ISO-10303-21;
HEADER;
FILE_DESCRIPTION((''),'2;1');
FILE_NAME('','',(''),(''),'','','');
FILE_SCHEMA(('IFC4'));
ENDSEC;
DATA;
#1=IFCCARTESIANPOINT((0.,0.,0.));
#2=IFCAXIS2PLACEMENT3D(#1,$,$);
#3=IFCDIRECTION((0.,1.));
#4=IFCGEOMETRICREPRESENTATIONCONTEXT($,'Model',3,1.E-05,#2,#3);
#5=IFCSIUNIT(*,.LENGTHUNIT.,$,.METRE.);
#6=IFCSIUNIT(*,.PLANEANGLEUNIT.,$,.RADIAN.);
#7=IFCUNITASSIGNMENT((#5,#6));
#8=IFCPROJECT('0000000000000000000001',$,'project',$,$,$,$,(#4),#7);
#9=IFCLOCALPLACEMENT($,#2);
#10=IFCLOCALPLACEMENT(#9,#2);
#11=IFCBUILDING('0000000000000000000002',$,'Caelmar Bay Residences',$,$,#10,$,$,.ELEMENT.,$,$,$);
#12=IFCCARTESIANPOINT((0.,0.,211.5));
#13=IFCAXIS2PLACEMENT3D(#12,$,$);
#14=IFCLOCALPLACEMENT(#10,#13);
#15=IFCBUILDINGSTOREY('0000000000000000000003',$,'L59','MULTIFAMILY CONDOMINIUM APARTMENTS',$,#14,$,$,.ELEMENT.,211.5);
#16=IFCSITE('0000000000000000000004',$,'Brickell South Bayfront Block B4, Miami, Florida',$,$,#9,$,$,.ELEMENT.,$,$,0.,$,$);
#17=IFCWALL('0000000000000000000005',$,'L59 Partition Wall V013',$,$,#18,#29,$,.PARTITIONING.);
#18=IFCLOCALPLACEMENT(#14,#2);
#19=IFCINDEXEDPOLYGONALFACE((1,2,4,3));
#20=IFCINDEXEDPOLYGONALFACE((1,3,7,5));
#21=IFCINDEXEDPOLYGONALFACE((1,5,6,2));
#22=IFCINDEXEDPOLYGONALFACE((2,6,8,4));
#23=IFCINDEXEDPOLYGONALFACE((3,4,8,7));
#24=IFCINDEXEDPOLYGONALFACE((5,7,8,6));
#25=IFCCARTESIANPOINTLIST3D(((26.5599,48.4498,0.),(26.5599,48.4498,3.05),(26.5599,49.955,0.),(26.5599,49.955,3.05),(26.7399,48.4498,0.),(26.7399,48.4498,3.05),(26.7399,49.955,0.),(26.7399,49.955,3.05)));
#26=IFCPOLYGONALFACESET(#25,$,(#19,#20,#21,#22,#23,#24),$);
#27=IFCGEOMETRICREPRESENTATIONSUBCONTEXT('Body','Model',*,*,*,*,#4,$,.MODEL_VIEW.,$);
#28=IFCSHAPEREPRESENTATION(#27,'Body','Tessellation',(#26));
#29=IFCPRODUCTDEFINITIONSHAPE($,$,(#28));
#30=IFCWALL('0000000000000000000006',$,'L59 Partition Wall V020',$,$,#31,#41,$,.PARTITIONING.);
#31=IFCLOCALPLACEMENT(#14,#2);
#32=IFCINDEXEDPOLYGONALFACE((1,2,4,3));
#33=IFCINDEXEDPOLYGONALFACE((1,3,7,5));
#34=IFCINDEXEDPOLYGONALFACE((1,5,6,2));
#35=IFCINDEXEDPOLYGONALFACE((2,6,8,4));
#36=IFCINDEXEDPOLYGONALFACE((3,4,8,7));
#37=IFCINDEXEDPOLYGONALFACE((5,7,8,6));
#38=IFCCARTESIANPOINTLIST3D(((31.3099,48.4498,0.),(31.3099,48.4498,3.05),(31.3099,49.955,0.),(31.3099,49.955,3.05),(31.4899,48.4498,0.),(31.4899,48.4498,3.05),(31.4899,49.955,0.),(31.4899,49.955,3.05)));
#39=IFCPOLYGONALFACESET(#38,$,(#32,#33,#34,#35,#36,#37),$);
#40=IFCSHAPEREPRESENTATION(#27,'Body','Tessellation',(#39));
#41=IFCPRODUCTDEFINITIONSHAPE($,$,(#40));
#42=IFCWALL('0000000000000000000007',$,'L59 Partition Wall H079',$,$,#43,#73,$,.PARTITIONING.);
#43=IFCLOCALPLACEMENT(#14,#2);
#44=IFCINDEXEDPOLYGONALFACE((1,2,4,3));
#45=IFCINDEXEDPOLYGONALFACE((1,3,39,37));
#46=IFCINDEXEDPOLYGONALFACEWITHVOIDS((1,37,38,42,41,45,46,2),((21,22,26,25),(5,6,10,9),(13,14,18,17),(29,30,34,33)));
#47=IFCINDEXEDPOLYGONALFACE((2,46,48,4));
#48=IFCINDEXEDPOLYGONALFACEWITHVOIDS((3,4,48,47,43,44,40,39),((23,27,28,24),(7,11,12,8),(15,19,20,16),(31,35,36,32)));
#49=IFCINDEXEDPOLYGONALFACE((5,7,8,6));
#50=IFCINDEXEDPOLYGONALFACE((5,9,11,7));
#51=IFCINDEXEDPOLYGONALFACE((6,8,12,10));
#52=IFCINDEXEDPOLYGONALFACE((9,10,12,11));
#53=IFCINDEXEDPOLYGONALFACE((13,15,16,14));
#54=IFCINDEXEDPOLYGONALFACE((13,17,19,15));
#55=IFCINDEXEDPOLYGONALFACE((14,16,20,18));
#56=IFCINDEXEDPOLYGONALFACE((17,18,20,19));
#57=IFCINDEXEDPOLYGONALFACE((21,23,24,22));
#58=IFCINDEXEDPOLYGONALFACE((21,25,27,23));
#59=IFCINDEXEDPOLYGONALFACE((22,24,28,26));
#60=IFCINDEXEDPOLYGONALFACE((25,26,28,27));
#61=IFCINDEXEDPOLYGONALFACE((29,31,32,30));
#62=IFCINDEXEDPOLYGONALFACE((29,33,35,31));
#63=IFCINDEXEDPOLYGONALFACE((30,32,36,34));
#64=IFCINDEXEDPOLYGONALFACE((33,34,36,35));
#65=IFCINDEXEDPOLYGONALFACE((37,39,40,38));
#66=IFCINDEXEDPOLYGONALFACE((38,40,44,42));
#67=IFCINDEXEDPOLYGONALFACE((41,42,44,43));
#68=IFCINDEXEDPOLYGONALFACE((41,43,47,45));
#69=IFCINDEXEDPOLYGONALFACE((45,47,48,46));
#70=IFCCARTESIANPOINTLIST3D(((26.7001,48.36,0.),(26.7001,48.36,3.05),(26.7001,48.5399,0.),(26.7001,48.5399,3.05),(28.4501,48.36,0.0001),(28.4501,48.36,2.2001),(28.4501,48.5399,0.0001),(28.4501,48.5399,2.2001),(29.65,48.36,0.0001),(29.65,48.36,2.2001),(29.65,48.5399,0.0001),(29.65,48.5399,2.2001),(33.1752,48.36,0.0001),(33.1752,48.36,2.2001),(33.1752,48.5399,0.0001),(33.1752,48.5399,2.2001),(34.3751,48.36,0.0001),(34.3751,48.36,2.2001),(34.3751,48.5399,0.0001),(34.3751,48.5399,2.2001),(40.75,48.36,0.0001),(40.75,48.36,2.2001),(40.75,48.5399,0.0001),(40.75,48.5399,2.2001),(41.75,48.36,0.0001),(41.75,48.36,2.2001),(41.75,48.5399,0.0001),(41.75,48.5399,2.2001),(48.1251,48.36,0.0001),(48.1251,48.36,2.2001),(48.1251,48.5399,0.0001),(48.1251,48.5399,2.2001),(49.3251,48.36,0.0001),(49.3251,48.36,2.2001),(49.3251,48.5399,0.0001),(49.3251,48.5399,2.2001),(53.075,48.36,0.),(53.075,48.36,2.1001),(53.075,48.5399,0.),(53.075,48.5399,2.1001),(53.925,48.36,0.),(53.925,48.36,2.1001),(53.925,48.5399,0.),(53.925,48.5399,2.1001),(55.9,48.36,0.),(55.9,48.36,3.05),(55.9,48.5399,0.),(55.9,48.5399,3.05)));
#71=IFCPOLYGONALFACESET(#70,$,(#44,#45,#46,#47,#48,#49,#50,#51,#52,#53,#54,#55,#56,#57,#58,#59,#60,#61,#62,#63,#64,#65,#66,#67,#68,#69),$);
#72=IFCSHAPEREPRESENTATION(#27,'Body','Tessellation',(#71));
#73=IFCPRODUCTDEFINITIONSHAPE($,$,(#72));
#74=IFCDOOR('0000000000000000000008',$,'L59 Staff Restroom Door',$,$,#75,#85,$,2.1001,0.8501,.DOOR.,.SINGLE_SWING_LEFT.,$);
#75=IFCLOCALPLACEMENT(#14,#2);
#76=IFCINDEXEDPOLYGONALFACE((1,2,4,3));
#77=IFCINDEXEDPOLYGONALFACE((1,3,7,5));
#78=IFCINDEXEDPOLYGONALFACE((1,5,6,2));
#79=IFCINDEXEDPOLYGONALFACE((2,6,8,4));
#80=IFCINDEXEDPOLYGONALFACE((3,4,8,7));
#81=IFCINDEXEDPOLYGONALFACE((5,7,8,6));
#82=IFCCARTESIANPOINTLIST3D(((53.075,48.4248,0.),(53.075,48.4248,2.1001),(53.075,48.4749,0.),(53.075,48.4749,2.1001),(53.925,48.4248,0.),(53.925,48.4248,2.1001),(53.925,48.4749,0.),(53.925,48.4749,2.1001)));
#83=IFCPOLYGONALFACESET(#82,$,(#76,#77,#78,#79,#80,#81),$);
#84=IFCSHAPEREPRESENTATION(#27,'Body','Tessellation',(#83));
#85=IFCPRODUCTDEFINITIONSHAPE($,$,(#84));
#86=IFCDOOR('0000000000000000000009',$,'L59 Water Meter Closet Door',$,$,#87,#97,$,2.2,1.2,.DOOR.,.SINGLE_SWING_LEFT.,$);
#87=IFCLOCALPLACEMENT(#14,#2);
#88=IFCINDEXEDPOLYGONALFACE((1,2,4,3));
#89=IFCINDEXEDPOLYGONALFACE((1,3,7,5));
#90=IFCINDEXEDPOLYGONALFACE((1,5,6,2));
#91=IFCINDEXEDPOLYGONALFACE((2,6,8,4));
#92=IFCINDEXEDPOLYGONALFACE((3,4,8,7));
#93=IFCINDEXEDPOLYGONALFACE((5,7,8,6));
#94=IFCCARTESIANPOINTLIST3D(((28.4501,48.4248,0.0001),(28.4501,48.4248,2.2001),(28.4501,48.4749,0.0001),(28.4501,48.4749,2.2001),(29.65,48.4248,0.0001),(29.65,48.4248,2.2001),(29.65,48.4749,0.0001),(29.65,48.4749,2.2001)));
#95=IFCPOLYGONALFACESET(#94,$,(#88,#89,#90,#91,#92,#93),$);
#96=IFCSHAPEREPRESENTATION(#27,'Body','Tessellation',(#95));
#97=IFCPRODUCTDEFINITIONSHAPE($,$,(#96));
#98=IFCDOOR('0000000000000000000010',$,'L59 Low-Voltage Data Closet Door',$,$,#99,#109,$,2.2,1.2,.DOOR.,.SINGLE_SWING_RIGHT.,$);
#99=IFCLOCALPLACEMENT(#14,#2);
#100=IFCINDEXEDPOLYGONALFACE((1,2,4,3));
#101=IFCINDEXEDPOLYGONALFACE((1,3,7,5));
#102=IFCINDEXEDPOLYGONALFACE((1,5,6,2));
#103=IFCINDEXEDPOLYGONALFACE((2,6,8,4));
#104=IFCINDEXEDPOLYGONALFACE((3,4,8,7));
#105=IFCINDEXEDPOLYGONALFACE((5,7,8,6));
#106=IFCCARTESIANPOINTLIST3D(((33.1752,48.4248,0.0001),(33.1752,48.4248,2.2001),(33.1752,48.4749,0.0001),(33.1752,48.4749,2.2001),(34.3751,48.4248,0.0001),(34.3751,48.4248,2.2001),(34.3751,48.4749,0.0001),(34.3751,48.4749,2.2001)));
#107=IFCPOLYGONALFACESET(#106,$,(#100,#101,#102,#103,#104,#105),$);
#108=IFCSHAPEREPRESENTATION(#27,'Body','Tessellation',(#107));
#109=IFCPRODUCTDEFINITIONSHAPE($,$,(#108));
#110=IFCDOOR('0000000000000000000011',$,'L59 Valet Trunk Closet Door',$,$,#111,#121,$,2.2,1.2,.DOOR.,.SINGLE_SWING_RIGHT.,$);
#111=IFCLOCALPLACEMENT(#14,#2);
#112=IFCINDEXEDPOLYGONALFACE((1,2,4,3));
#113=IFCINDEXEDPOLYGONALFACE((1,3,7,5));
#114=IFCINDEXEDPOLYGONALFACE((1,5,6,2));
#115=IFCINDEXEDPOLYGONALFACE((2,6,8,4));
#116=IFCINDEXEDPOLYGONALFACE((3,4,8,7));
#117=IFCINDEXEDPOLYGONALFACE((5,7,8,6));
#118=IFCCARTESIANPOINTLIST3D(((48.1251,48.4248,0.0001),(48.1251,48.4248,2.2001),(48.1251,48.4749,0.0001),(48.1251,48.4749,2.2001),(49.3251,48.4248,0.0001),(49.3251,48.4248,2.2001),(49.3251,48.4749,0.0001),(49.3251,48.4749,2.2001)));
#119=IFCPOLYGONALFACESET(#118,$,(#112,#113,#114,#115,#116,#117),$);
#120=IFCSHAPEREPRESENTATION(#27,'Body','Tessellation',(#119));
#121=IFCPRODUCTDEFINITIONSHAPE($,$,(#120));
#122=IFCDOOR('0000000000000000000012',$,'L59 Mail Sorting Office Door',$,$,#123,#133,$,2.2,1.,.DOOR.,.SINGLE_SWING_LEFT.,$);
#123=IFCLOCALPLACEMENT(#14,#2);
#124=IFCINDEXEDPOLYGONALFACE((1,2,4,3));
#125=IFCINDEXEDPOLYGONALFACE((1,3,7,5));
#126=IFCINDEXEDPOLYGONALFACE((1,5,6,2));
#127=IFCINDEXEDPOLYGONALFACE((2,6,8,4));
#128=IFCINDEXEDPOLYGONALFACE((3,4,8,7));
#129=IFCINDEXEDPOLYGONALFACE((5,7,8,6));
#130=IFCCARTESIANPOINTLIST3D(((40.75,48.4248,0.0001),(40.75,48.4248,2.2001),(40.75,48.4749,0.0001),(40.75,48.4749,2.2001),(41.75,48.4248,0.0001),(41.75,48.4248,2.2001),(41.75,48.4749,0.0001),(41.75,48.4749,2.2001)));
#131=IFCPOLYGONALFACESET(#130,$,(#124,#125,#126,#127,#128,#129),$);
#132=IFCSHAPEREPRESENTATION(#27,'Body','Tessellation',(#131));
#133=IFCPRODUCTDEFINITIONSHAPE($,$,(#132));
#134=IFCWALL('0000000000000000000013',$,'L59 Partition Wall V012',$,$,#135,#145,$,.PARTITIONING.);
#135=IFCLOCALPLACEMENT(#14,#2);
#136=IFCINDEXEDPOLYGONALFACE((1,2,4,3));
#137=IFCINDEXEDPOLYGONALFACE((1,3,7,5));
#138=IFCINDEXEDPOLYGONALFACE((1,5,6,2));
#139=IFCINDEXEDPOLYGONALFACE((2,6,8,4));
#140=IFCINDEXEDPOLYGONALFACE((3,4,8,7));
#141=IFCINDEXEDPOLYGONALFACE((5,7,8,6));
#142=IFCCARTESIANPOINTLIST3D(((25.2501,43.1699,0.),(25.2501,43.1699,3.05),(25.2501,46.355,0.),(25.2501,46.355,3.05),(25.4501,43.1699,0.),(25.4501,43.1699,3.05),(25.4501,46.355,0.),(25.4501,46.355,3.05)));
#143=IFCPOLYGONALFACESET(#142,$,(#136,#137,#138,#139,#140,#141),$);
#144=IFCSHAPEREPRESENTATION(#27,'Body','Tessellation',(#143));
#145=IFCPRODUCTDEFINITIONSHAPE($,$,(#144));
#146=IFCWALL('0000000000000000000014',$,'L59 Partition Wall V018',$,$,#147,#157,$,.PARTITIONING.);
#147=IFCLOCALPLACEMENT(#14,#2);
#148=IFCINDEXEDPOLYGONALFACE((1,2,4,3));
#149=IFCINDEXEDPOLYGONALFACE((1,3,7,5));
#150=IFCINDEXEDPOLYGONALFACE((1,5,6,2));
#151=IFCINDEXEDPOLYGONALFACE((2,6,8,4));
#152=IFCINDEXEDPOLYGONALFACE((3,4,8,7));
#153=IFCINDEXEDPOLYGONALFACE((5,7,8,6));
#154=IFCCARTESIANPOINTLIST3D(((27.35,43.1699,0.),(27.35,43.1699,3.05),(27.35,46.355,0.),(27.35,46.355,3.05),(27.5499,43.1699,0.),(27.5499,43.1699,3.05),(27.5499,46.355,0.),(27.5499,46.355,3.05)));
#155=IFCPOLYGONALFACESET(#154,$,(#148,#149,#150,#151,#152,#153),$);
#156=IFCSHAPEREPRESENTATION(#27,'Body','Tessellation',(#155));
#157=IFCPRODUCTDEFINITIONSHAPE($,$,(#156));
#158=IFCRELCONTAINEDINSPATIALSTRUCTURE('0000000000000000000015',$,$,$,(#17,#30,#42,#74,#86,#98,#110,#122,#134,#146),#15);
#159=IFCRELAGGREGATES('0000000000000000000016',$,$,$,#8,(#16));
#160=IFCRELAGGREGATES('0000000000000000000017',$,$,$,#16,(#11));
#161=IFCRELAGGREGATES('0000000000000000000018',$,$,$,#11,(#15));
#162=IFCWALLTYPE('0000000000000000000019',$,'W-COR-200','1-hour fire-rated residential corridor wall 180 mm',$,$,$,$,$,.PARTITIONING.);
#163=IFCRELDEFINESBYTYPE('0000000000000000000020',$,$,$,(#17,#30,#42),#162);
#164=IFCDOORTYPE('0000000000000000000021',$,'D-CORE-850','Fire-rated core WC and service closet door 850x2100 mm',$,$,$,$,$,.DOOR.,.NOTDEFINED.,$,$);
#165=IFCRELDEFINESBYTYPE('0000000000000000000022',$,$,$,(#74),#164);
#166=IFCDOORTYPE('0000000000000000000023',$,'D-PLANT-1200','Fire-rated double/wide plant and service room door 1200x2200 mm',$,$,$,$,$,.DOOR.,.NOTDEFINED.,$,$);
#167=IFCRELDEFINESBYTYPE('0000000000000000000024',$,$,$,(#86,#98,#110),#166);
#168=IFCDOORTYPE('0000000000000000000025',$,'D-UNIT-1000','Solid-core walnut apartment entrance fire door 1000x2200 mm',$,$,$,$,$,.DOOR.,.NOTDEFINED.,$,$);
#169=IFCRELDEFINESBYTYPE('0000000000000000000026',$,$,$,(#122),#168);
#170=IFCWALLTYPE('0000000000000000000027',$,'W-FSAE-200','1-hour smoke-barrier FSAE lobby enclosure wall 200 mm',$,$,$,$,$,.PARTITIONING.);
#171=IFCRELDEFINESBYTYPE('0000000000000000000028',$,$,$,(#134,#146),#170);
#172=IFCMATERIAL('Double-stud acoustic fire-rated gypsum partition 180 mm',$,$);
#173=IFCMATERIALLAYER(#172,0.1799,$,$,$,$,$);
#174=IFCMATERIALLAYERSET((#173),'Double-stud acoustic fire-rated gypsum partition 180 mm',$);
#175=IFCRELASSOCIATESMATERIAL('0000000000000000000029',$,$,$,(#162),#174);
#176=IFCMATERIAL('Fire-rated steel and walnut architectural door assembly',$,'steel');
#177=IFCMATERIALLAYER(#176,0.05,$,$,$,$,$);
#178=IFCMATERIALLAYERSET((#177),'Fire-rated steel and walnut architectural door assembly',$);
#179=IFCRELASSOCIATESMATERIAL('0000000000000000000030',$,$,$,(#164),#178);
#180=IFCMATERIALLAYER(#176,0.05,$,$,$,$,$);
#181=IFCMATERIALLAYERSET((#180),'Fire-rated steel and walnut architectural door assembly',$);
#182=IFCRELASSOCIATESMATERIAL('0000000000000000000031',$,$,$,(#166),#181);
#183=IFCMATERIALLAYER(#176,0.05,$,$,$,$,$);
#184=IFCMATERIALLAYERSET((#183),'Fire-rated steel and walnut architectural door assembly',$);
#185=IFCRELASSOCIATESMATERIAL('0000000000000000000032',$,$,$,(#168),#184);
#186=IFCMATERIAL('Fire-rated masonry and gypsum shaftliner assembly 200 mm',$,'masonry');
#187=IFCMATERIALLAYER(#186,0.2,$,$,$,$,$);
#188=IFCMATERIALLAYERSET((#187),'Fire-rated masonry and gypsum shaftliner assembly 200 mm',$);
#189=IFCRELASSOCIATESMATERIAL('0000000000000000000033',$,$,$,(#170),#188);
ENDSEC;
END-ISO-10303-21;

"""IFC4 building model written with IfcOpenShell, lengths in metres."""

from ifc_helpers import new_model, si_unit, direction, frame, frame_2d, origin, place, context, subcontext, project, spatial, rectangle, extrude, material, layer, layer_set, type_object, element, fill, save


model = new_model("IFC4")

# Units and contexts
model_context = context("Model", 3, precision=1e-05, world=origin(), true_north=direction((0.0, 1.0)))
body_context = subcontext(model_context, "Body", "Model", "MODEL_VIEW")
ifc_project = project(units=[si_unit("LENGTHUNIT", "METRE"), si_unit("PLANEANGLEUNIT", "RADIAN")], contexts=[model_context])

# Site, building, storey
site_placement = place(None, origin())
site = spatial("IfcSite", under=ifc_project, at=site_placement, Name="Brickell South Bayfront Block B4, Miami, Florida", CompositionType="ELEMENT", RefElevation=0.0)
building_placement = place(site_placement, origin())
building = spatial("IfcBuilding", under=site, at=building_placement, Name="Caelmar Bay Residences", CompositionType="ELEMENT")
storey_placement = place(building_placement, frame((0.0, 0.0, 211.5)))
storey = spatial("IfcBuildingStorey", under=building, at=storey_placement, Name="L59", Description="MULTIFAMILY CONDOMINIUM APARTMENTS", CompositionType="ELEMENT", Elevation=211.5)

# Walls
ifc_material_1 = material(Name="Double-stud acoustic fire-rated gypsum partition 180 mm")
ifc_layer_1 = layer(ifc_material_1, 0.1799)
ifc_layer_set_1 = layer_set([ifc_layer_1], Name="Double-stud acoustic fire-rated gypsum partition 180 mm")
wall_type_1 = type_object("IfcWallType", Name="W-COR-200", Description="1-hour fire-rated residential corridor wall 180 mm", PredefinedType="PARTITIONING", material=ifc_layer_set_1)
for number, where, z_axis, x_axis, name in (
    (1, (26.6499, 48.45, 0.0), (0.0, 0.0, 1.0), (0.0, 1.0, 0.0), "L59 Partition Wall V013"),
    (2, (31.3999, 48.45, 0.0), (0.0, 0.0, 1.0), (0.0, 1.0, 0.0), "L59 Partition Wall V020"),
):
    element("IfcWall", number, at=place(storey_placement, frame(where, z_axis=z_axis, x_axis=x_axis)), inside=storey, type_object=wall_type_1, Name=name, PredefinedType="PARTITIONING", context=body_context, shape_type="SweptSolid", body=[
        extrude(rectangle(XDim=1.5051, YDim=0.1799, at=frame_2d((0.7524, 0.0))), origin(), (0.0, 0.0, 1.0), 3.05),
    ])

# Wall, openings, doors
wall_placement = place(storey_placement, frame((26.7, 48.45, 0.0), z_axis=(0.0, 0.0, 1.0), x_axis=(1.0, 0.0, 0.0)))
wall = element("IfcWall", 3, at=wall_placement, inside=storey, type_object=wall_type_1, Name="L59 Partition Wall H079", PredefinedType="PARTITIONING", context=body_context, shape_type="SweptSolid", body=[
    extrude(rectangle(XDim=29.2, YDim=0.1799, at=frame_2d((14.6001, 0.0))), origin(), (0.0, 0.0, 1.0), 3.05),
])
opening_1_placement = place(wall_placement, frame((1.75, 0.0, 0.0)))
opening_1 = element("IfcOpeningElement", 4, at=opening_1_placement, cuts=wall, PredefinedType="OPENING", context=body_context, shape_type="SweptSolid", body=[
    extrude(rectangle(XDim=1.2, YDim=2.2, at=frame_2d((0.6001, 1.1001))), frame((0.0, 0.0999, 0.0), z_axis=(0.0, -1.0, 0.0), x_axis=(1.0, 0.0, 0.0)), (0.0, 0.0, 1.0), 0.2),
])
opening_2_placement = place(wall_placement, frame((6.4751, 0.0, 0.0)))
opening_2 = element("IfcOpeningElement", 5, at=opening_2_placement, cuts=wall, PredefinedType="OPENING", context=body_context, shape_type="SweptSolid", body=[
    extrude(rectangle(XDim=1.2, YDim=2.2, at=frame_2d((0.6001, 1.1001))), frame((0.0, 0.0999, 0.0), z_axis=(0.0, -1.0, 0.0), x_axis=(1.0, 0.0, 0.0)), (0.0, 0.0, 1.0), 0.2),
])
opening_3_placement = place(wall_placement, frame((14.05, 0.0, 0.0)))
opening_3 = element("IfcOpeningElement", 6, at=opening_3_placement, cuts=wall, PredefinedType="OPENING", context=body_context, shape_type="SweptSolid", body=[
    extrude(rectangle(XDim=1.0, YDim=2.2, at=frame_2d((0.5, 1.1001))), frame((0.0, 0.0999, 0.0), z_axis=(0.0, -1.0, 0.0), x_axis=(1.0, 0.0, 0.0)), (0.0, 0.0, 1.0), 0.2),
])
opening_4_placement = place(wall_placement, frame((21.425, 0.0, 0.0)))
opening_4 = element("IfcOpeningElement", 7, at=opening_4_placement, cuts=wall, PredefinedType="OPENING", context=body_context, shape_type="SweptSolid", body=[
    extrude(rectangle(XDim=1.2, YDim=2.2, at=frame_2d((0.6001, 1.1001))), frame((0.0, 0.0999, 0.0), z_axis=(0.0, -1.0, 0.0), x_axis=(1.0, 0.0, 0.0)), (0.0, 0.0, 1.0), 0.2),
])
opening_5_placement = place(wall_placement, frame((26.375, 0.0, 0.0)))
opening_5 = element("IfcOpeningElement", 8, at=opening_5_placement, cuts=wall, PredefinedType="OPENING", context=body_context, shape_type="SweptSolid", body=[
    extrude(rectangle(XDim=0.8501, YDim=2.1001, at=frame_2d((0.425, 1.05))), frame((0.0, 0.0999, 0.0), z_axis=(0.0, -1.0, 0.0), x_axis=(1.0, 0.0, 0.0)), (0.0, 0.0, 1.0), 0.2),
])
ifc_material_2 = material(Name="Fire-rated steel and walnut architectural door assembly", Category="steel")
ifc_layer_2 = layer(ifc_material_2, 0.05)
ifc_layer_set_2 = layer_set([ifc_layer_2], Name="Fire-rated steel and walnut architectural door assembly")
door_type_1 = type_object("IfcDoorType", Name="D-CORE-850", Description="Fire-rated core WC and service closet door 850x2100 mm", OperationType="NOTDEFINED", PredefinedType="DOOR", material=ifc_layer_set_2)
door_1_placement = place(opening_5_placement, origin())
door_1 = element("IfcDoor", 9, at=door_1_placement, inside=storey, type_object=door_type_1, Name="L59 Staff Restroom Door", OperationType="SINGLE_SWING_LEFT", OverallHeight=2.1001, OverallWidth=0.8501, PredefinedType="DOOR", context=body_context, shape_type="SweptSolid", body=[
    extrude(rectangle(XDim=0.8501, YDim=2.1001, at=frame_2d((0.425, 1.05))), frame((0.0, 0.0249, 0.0), z_axis=(0.0, -1.0, 0.0), x_axis=(1.0, 0.0, 0.0)), (0.0, 0.0, 1.0), 0.05),
])
fill(opening_5, door_1)
ifc_layer_3 = layer(ifc_material_2, 0.05)
ifc_layer_set_3 = layer_set([ifc_layer_3], Name="Fire-rated steel and walnut architectural door assembly")
door_type_2 = type_object("IfcDoorType", Name="D-PLANT-1200", Description="Fire-rated double/wide plant and service room door 1200x2200 mm", OperationType="NOTDEFINED", PredefinedType="DOOR", material=ifc_layer_set_3)
door_2_placement = place(opening_1_placement, origin())
door_2 = element("IfcDoor", 10, at=door_2_placement, inside=storey, type_object=door_type_2, Name="L59 Water Meter Closet Door", OperationType="SINGLE_SWING_LEFT", OverallHeight=2.2, OverallWidth=1.2, PredefinedType="DOOR", context=body_context, shape_type="SweptSolid", body=[
    extrude(rectangle(XDim=1.2, YDim=2.2, at=frame_2d((0.6001, 1.1001))), frame((0.0, 0.0249, 0.0), z_axis=(0.0, -1.0, 0.0), x_axis=(1.0, 0.0, 0.0)), (0.0, 0.0, 1.0), 0.05),
])
fill(opening_1, door_2)
door_3_placement = place(opening_2_placement, origin())
door_3 = element("IfcDoor", 11, at=door_3_placement, inside=storey, type_object=door_type_2, Name="L59 Low-Voltage Data Closet Door", OperationType="SINGLE_SWING_RIGHT", OverallHeight=2.2, OverallWidth=1.2, PredefinedType="DOOR", context=body_context, shape_type="SweptSolid", body=[
    extrude(rectangle(XDim=1.2, YDim=2.2, at=frame_2d((0.6001, 1.1001))), frame((0.0, 0.0249, 0.0), z_axis=(0.0, -1.0, 0.0), x_axis=(1.0, 0.0, 0.0)), (0.0, 0.0, 1.0), 0.05),
])
fill(opening_2, door_3)
door_4_placement = place(opening_4_placement, origin())
door_4 = element("IfcDoor", 12, at=door_4_placement, inside=storey, type_object=door_type_2, Name="L59 Valet Trunk Closet Door", OperationType="SINGLE_SWING_RIGHT", OverallHeight=2.2, OverallWidth=1.2, PredefinedType="DOOR", context=body_context, shape_type="SweptSolid", body=[
    extrude(rectangle(XDim=1.2, YDim=2.2, at=frame_2d((0.6001, 1.1001))), frame((0.0, 0.0249, 0.0), z_axis=(0.0, -1.0, 0.0), x_axis=(1.0, 0.0, 0.0)), (0.0, 0.0, 1.0), 0.05),
])
fill(opening_4, door_4)
ifc_layer_4 = layer(ifc_material_2, 0.05)
ifc_layer_set_4 = layer_set([ifc_layer_4], Name="Fire-rated steel and walnut architectural door assembly")
door_type_3 = type_object("IfcDoorType", Name="D-UNIT-1000", Description="Solid-core walnut apartment entrance fire door 1000x2200 mm", OperationType="NOTDEFINED", PredefinedType="DOOR", material=ifc_layer_set_4)
door_5_placement = place(opening_3_placement, origin())
door_5 = element("IfcDoor", 13, at=door_5_placement, inside=storey, type_object=door_type_3, Name="L59 Mail Sorting Office Door", OperationType="SINGLE_SWING_LEFT", OverallHeight=2.2, OverallWidth=1.0, PredefinedType="DOOR", context=body_context, shape_type="SweptSolid", body=[
    extrude(rectangle(XDim=1.0, YDim=2.2, at=frame_2d((0.5, 1.1001))), frame((0.0, 0.0249, 0.0), z_axis=(0.0, -1.0, 0.0), x_axis=(1.0, 0.0, 0.0)), (0.0, 0.0, 1.0), 0.05),
])
fill(opening_3, door_5)

# Walls
ifc_material_3 = material(Name="Fire-rated masonry and gypsum shaftliner assembly 200 mm", Category="masonry")
ifc_layer_5 = layer(ifc_material_3, 0.2)
ifc_layer_set_5 = layer_set([ifc_layer_5], Name="Fire-rated masonry and gypsum shaftliner assembly 200 mm")
wall_type_2 = type_object("IfcWallType", Name="W-FSAE-200", Description="1-hour smoke-barrier FSAE lobby enclosure wall 200 mm", PredefinedType="PARTITIONING", material=ifc_layer_set_5)
for number, where, z_axis, x_axis, name in (
    (14, (25.3501, 43.1699, 0.0), (0.0, 0.0, 1.0), (0.0, 1.0, 0.0), "L59 Partition Wall V012"),
    (15, (27.45, 43.1699, 0.0), (0.0, 0.0, 1.0), (0.0, 1.0, 0.0), "L59 Partition Wall V018"),
):
    element("IfcWall", number, at=place(storey_placement, frame(where, z_axis=z_axis, x_axis=x_axis)), inside=storey, type_object=wall_type_2, Name=name, PredefinedType="PARTITIONING", context=body_context, shape_type="SweptSolid", body=[
        extrude(rectangle(XDim=3.1851, YDim=0.2, at=frame_2d((1.5925, 0.0))), origin(), (0.0, 0.0, 1.0), 3.05),
    ])

save(model, "model.ifc")
